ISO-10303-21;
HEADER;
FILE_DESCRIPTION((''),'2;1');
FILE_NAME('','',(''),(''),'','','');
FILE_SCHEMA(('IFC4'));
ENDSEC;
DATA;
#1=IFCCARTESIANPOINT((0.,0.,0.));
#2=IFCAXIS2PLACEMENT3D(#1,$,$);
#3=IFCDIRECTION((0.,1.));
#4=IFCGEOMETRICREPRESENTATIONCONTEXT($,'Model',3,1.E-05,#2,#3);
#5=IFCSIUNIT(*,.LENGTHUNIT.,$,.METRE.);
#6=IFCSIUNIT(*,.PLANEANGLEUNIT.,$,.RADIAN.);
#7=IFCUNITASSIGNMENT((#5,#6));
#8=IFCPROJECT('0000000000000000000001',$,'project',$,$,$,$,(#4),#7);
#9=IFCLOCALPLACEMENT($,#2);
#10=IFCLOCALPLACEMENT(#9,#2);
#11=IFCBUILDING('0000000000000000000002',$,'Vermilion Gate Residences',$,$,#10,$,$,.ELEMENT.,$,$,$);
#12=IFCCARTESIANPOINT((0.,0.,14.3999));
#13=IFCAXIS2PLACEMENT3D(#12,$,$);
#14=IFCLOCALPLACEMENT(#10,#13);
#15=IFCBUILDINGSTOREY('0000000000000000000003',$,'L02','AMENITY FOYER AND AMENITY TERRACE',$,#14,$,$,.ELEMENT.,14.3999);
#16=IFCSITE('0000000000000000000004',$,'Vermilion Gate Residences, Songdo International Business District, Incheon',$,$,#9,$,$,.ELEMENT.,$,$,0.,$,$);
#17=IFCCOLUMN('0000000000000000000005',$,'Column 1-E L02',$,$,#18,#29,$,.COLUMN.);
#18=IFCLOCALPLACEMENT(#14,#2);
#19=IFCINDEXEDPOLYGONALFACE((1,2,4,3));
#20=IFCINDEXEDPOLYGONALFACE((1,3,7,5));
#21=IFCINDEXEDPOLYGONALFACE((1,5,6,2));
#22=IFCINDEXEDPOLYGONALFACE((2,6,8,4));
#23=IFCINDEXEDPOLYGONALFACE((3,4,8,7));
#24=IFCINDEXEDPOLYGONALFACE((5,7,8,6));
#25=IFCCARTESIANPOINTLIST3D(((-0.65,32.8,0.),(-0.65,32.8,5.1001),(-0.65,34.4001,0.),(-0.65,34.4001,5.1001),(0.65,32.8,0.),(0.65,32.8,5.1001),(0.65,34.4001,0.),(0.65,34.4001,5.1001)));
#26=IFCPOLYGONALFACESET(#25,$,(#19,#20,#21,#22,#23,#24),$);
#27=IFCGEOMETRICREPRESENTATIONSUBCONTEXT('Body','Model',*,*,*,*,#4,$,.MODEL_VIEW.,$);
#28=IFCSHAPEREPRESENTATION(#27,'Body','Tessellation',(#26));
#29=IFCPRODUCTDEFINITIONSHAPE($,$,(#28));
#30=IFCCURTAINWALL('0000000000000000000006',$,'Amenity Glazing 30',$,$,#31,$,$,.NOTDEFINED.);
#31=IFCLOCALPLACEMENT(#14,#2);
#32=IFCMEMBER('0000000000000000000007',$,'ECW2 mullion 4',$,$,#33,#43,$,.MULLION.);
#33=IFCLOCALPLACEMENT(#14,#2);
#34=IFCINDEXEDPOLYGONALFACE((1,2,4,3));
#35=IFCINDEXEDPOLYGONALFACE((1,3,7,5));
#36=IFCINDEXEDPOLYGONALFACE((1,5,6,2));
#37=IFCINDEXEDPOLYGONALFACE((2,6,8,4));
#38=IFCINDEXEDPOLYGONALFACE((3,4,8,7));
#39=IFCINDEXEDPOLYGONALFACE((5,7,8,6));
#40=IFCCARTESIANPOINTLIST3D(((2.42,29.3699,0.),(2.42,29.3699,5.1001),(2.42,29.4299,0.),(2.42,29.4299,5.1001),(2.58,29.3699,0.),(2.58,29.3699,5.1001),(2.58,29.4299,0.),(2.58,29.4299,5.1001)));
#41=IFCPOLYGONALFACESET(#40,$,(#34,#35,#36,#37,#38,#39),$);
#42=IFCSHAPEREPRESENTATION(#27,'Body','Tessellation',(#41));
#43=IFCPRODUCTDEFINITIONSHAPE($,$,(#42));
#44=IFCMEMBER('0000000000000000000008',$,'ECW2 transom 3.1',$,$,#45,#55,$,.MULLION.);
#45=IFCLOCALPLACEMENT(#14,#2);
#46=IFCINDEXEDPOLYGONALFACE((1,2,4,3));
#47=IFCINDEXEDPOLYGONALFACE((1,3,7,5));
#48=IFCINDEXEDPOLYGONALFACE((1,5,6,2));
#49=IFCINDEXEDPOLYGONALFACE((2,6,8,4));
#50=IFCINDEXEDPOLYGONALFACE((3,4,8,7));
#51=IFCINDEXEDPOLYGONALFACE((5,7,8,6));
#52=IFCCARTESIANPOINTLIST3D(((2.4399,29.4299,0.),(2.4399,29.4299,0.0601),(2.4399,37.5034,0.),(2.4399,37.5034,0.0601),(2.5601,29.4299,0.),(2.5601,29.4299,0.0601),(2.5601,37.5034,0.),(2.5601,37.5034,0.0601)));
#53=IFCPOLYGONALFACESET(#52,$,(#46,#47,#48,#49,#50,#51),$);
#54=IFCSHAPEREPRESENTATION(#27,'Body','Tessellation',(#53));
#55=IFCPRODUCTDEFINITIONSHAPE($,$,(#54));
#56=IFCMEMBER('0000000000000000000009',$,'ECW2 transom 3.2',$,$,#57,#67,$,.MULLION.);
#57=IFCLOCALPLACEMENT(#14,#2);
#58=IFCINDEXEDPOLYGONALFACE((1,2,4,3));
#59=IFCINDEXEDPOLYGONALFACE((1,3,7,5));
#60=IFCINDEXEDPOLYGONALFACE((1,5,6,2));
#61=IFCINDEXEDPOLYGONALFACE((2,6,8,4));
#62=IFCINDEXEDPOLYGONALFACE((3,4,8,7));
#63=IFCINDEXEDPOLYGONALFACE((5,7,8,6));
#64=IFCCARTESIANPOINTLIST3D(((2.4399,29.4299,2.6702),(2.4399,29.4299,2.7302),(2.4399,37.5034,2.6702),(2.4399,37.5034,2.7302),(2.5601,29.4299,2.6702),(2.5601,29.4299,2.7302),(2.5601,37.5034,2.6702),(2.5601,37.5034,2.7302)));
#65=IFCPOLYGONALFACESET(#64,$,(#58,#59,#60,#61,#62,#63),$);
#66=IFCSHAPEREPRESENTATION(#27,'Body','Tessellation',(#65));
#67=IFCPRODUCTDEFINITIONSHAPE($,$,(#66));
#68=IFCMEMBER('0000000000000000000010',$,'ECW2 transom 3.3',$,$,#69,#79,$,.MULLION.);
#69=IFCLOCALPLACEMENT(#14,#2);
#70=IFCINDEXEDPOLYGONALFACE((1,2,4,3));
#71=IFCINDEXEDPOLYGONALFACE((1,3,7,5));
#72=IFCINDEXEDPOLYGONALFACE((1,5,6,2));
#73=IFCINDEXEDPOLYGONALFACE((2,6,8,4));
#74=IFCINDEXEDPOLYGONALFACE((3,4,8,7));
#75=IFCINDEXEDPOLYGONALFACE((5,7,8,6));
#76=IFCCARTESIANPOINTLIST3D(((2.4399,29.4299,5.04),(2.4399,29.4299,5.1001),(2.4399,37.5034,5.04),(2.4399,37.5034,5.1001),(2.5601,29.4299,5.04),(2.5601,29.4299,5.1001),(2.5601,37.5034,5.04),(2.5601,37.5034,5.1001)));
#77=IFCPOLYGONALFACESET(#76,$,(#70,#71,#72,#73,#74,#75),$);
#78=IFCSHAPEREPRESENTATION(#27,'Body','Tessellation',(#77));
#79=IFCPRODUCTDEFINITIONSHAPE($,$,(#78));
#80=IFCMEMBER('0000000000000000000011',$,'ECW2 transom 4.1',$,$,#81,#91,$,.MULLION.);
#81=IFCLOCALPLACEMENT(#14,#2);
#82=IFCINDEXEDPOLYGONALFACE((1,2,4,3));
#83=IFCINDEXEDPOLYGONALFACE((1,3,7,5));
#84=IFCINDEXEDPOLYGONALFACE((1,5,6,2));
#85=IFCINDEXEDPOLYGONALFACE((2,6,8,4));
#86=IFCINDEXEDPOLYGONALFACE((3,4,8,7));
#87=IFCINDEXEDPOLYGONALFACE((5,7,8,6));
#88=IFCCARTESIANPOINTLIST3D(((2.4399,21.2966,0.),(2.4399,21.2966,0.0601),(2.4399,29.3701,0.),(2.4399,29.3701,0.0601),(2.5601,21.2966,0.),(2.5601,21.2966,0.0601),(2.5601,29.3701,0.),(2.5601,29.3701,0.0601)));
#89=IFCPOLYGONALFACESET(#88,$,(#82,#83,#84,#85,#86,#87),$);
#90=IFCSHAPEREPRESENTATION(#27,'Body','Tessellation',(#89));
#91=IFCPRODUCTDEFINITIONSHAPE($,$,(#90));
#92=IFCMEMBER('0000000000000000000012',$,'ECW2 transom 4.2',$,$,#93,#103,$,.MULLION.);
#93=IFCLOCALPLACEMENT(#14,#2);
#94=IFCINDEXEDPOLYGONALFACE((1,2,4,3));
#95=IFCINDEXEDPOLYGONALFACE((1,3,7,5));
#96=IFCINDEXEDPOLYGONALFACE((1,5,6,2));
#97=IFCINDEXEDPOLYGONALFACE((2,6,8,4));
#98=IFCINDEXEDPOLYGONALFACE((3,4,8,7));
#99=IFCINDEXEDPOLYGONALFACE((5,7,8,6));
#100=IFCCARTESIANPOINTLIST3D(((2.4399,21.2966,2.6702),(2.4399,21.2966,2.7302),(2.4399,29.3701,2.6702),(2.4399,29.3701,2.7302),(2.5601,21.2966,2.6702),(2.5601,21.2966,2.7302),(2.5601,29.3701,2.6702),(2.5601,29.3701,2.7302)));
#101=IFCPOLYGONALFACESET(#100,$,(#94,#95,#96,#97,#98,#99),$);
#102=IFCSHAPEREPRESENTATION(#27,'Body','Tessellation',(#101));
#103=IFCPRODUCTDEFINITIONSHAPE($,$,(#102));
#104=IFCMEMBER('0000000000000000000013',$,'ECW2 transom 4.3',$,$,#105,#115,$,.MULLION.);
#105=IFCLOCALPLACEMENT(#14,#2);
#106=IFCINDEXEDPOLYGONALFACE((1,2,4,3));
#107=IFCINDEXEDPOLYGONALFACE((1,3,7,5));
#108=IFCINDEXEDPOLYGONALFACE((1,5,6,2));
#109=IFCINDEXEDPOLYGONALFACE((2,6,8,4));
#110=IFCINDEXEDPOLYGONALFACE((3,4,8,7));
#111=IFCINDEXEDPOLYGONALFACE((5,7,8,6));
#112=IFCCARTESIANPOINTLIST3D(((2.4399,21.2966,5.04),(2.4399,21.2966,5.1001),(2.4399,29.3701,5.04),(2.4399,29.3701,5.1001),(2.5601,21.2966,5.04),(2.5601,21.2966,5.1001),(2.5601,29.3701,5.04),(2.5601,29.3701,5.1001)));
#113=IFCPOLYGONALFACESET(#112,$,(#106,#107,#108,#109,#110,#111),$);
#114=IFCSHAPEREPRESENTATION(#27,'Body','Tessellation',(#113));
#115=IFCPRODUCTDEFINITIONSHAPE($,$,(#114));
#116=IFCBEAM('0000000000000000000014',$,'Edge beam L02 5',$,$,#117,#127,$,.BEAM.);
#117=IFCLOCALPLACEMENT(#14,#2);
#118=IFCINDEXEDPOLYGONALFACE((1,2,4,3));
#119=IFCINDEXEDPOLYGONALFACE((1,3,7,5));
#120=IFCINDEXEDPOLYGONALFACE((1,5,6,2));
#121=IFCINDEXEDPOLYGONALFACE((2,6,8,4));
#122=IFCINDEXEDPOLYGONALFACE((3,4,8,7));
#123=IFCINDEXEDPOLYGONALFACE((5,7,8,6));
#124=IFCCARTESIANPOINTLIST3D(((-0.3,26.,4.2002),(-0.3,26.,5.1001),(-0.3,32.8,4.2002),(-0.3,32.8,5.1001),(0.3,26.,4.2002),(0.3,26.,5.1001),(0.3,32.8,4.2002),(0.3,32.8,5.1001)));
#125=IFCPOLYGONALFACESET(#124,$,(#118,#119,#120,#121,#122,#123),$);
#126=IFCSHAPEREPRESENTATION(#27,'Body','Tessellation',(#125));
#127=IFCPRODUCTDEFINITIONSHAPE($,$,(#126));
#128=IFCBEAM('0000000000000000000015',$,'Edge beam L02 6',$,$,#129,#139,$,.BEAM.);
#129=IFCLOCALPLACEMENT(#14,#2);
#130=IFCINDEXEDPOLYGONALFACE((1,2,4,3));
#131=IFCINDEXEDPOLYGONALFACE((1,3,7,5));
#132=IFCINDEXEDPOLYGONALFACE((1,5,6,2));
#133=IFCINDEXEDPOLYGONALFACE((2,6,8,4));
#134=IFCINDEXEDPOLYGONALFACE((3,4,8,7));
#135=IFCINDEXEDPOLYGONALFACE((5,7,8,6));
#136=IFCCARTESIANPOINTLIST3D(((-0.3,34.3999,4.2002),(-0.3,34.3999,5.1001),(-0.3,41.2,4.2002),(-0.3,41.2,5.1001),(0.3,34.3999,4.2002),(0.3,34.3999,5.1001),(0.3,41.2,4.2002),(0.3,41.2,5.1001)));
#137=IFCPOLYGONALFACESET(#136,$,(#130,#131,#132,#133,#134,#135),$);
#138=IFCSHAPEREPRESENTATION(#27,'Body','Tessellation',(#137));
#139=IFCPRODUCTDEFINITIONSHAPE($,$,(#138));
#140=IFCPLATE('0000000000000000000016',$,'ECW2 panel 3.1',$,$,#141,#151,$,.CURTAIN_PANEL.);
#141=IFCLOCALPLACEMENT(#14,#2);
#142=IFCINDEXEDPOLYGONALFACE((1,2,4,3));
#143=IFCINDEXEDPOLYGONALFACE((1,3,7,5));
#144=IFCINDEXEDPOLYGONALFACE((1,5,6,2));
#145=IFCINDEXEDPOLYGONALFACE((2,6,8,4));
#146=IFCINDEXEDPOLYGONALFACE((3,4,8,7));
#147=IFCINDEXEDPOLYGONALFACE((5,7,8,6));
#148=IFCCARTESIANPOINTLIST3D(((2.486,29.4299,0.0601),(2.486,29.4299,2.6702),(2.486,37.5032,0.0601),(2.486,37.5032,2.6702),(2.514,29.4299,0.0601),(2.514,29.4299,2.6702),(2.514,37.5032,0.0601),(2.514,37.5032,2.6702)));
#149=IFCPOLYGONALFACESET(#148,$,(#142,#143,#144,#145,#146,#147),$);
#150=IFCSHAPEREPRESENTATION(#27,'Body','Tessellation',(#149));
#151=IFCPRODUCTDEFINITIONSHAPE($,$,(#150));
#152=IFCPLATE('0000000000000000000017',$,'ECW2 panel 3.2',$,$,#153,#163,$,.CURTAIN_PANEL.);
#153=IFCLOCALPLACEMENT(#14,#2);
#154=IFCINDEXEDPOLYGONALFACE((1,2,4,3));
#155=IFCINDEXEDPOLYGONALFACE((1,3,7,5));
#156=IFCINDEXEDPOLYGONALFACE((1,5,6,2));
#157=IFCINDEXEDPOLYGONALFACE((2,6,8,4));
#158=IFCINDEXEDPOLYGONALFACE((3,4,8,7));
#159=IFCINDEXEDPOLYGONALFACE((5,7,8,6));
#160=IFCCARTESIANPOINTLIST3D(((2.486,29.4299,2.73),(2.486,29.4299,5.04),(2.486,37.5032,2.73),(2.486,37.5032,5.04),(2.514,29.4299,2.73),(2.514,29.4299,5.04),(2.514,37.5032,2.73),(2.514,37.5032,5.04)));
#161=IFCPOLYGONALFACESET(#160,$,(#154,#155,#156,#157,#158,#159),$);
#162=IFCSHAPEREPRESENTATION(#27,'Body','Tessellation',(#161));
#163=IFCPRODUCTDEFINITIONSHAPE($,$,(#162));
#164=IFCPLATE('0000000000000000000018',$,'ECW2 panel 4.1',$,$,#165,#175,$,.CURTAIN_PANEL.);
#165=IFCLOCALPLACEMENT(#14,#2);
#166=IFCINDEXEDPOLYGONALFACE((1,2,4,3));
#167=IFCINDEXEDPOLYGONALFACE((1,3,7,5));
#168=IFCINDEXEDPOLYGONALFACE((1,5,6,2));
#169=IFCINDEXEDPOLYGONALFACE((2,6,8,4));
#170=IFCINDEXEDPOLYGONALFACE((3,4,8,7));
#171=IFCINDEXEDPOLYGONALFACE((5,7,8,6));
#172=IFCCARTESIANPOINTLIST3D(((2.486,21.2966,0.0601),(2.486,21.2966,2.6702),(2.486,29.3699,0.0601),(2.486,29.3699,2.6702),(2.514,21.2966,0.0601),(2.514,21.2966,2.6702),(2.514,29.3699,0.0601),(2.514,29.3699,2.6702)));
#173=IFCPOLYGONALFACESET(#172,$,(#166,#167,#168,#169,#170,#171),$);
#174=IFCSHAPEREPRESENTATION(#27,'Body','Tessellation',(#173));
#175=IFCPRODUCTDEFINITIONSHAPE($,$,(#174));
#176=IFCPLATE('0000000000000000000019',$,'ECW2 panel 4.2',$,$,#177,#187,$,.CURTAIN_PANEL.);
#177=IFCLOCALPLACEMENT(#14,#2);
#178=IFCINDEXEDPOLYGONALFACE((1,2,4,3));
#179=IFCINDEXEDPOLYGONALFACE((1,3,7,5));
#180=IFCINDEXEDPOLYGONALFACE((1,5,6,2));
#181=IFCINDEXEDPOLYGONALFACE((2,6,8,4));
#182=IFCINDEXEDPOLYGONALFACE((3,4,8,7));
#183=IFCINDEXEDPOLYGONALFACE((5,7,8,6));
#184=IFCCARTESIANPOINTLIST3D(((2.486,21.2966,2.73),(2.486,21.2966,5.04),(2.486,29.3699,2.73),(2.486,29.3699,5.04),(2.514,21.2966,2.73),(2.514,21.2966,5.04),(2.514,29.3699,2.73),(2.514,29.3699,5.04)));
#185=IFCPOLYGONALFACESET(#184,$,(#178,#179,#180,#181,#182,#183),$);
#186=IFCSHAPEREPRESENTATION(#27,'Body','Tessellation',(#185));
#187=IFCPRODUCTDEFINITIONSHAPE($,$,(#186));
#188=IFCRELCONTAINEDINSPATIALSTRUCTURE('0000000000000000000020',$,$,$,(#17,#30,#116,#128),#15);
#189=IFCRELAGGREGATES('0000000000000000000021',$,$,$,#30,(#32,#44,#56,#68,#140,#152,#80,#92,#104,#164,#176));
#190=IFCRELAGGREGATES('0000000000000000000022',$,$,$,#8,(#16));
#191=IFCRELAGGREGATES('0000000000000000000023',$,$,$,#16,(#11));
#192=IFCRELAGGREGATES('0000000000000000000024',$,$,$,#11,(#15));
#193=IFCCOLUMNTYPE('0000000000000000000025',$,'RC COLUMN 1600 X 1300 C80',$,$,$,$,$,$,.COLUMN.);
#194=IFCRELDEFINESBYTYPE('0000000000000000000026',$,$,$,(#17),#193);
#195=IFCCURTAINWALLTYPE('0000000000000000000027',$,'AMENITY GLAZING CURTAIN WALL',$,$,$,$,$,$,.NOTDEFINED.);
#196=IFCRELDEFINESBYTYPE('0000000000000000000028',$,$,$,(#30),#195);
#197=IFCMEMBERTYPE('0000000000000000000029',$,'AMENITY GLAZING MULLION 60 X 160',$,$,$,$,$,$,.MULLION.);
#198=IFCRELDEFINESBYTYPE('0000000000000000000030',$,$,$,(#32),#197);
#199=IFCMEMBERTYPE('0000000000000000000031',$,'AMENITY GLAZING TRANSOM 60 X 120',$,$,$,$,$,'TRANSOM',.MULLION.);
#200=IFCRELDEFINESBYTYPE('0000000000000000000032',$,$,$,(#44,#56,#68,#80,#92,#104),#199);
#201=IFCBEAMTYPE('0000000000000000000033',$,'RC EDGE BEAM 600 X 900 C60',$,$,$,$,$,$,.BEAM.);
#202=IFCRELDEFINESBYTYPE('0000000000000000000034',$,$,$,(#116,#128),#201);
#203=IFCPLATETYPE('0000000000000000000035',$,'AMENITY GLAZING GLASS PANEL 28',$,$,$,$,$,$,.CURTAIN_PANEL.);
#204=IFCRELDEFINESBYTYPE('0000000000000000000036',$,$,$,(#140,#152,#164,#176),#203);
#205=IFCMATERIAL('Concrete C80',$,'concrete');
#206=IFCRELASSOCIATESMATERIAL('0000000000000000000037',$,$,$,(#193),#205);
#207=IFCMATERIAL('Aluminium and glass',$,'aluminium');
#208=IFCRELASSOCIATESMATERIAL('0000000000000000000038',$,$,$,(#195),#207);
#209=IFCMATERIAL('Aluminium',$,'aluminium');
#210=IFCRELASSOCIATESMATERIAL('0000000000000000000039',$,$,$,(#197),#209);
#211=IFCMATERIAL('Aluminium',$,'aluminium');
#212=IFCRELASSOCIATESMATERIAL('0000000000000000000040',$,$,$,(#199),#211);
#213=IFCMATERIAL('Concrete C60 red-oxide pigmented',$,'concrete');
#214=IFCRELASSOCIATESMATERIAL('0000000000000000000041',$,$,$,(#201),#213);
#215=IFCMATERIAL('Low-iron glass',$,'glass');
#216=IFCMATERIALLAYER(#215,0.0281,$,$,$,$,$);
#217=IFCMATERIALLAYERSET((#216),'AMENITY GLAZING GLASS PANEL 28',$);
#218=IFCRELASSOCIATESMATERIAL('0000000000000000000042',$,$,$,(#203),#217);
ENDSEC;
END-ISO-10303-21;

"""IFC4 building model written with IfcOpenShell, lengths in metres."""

from ifc_helpers import new_model, si_unit, direction, frame, origin, origin_2d, place, context, subcontext, project, spatial, rectangle, extrude, material, layer, layer_set, material_profile, profile_set, type_object, element, aggregate, save


model = new_model("IFC4")

# Units and contexts
model_context = context("Model", 3, precision=1e-05, world=origin(), true_north=direction((0.0, 1.0)))
body_context = subcontext(model_context, "Body", "Model", "MODEL_VIEW")
ifc_project = project(units=[si_unit("LENGTHUNIT", "METRE"), si_unit("PLANEANGLEUNIT", "RADIAN")], contexts=[model_context])

# Site, building, storey
site_placement = place(None, origin())
site = spatial("IfcSite", under=ifc_project, at=site_placement, Name="Vermilion Gate Residences, Songdo International Business District, Incheon", CompositionType="ELEMENT", RefElevation=0.0)
building_placement = place(site_placement, origin())
building = spatial("IfcBuilding", under=site, at=building_placement, Name="Vermilion Gate Residences", CompositionType="ELEMENT")
storey_placement = place(building_placement, frame((0.0, 0.0, 14.3999)))
storey = spatial("IfcBuildingStorey", under=building, at=storey_placement, Name="L02", Description="AMENITY FOYER AND AMENITY TERRACE", CompositionType="ELEMENT", Elevation=14.3999)

# Column
ifc_material_1 = material(Name="Concrete C80", Category="concrete")
ifc_material_profile_1 = material_profile(ifc_material_1, rectangle(XDim=1.6001, YDim=1.3, at=origin_2d()), Name="RC-1600x1300")
ifc_profile_set_1 = profile_set([ifc_material_profile_1], Name="Concrete C80")
column_type = type_object("IfcColumnType", Name="RC COLUMN 1600 X 1300 C80", PredefinedType="COLUMN", material=ifc_profile_set_1)
column_placement = place(storey_placement, frame((0.0, 33.6001, 0.0), z_axis=(0.0, 0.0, 1.0), x_axis=(0.0, 1.0, 0.0)))
element("IfcColumn", 1, at=column_placement, inside=storey, type_object=column_type, Name="Column 1-E L02", PredefinedType="COLUMN", context=body_context, shape_type="SweptSolid", body=[
    extrude(rectangle(XDim=1.6001, YDim=1.3, at=origin_2d()), origin(), (0.0, 0.0, 1.0), 5.1001),
])

# Curtain wall, members
ifc_material_2 = material(Name="Aluminium and glass", Category="aluminium")
curtain_wall_type = type_object("IfcCurtainWallType", Name="AMENITY GLAZING CURTAIN WALL", PredefinedType="NOTDEFINED", material=ifc_material_2)
curtain_wall_placement = place(storey_placement, origin())
curtain_wall = element("IfcCurtainWall", 2, at=curtain_wall_placement, inside=storey, type_object=curtain_wall_type, Name="Amenity Glazing 30", PredefinedType="NOTDEFINED")
ifc_material_3 = material(Name="Aluminium", Category="aluminium")
ifc_material_profile_2 = material_profile(ifc_material_3, rectangle(XDim=0.1599, YDim=0.0601, at=origin_2d()), Name="MULLION 60 X 160")
ifc_profile_set_2 = profile_set([ifc_material_profile_2], Name="Aluminium")
member_type_1 = type_object("IfcMemberType", Name="AMENITY GLAZING MULLION 60 X 160", PredefinedType="MULLION", material=ifc_profile_set_2)
member_1_placement = place(storey_placement, frame((2.5, 29.3999, 0.0), z_axis=(0.0, 0.0, 1.0), x_axis=(1.0, 0.0, 0.0)))
member_1 = element("IfcMember", 3, at=member_1_placement, type_object=member_type_1, Name="ECW2 mullion 4", PredefinedType="MULLION", context=body_context, shape_type="SweptSolid", body=[
    extrude(rectangle(XDim=0.1599, YDim=0.0601, at=origin_2d()), origin(), (0.0, 0.0, 1.0), 5.1001),
])
ifc_material_4 = material(Name="Aluminium", Category="aluminium")
ifc_material_profile_3 = material_profile(ifc_material_4, rectangle(XDim=0.1201, YDim=0.0601, at=origin_2d()), Name="TRANSOM 60 X 120")
ifc_profile_set_3 = profile_set([ifc_material_profile_3], Name="Aluminium")
member_type_2 = type_object("IfcMemberType", Name="AMENITY GLAZING TRANSOM 60 X 120", ElementType="TRANSOM", PredefinedType="MULLION", material=ifc_profile_set_3)
member_2_placement = place(storey_placement, frame((2.5, 37.5034, 0.03), z_axis=(0.0, -1.0, 0.0), x_axis=(1.0, 0.0, 0.0)))
member_2 = element("IfcMember", 4, at=member_2_placement, type_object=member_type_2, Name="ECW2 transom 3.1", PredefinedType="MULLION", context=body_context, shape_type="SweptSolid", body=[
    extrude(rectangle(XDim=0.1201, YDim=0.0601, at=origin_2d()), origin(), (0.0, 0.0, 1.0), 8.0735),
])
member_3_placement = place(storey_placement, frame((2.5, 37.5034, 2.7002), z_axis=(0.0, -1.0, 0.0), x_axis=(1.0, 0.0, 0.0)))
member_3 = element("IfcMember", 5, at=member_3_placement, type_object=member_type_2, Name="ECW2 transom 3.2", PredefinedType="MULLION", context=body_context, shape_type="SweptSolid", body=[
    extrude(rectangle(XDim=0.1201, YDim=0.0601, at=origin_2d()), origin(), (0.0, 0.0, 1.0), 8.0735),
])
member_4_placement = place(storey_placement, frame((2.5, 37.5034, 5.0701), z_axis=(0.0, -1.0, 0.0), x_axis=(1.0, 0.0, 0.0)))
member_4 = element("IfcMember", 6, at=member_4_placement, type_object=member_type_2, Name="ECW2 transom 3.3", PredefinedType="MULLION", context=body_context, shape_type="SweptSolid", body=[
    extrude(rectangle(XDim=0.1201, YDim=0.0601, at=origin_2d()), origin(), (0.0, 0.0, 1.0), 8.0735),
])
member_5_placement = place(storey_placement, frame((2.5, 29.3701, 0.03), z_axis=(0.0, -1.0, 0.0), x_axis=(1.0, 0.0, 0.0)))
member_5 = element("IfcMember", 7, at=member_5_placement, type_object=member_type_2, Name="ECW2 transom 4.1", PredefinedType="MULLION", context=body_context, shape_type="SweptSolid", body=[
    extrude(rectangle(XDim=0.1201, YDim=0.0601, at=origin_2d()), origin(), (0.0, 0.0, 1.0), 8.0735),
])
member_6_placement = place(storey_placement, frame((2.5, 29.3701, 2.7002), z_axis=(0.0, -1.0, 0.0), x_axis=(1.0, 0.0, 0.0)))
member_6 = element("IfcMember", 8, at=member_6_placement, type_object=member_type_2, Name="ECW2 transom 4.2", PredefinedType="MULLION", context=body_context, shape_type="SweptSolid", body=[
    extrude(rectangle(XDim=0.1201, YDim=0.0601, at=origin_2d()), origin(), (0.0, 0.0, 1.0), 8.0735),
])
member_7_placement = place(storey_placement, frame((2.5, 29.3701, 5.0701), z_axis=(0.0, -1.0, 0.0), x_axis=(1.0, 0.0, 0.0)))
member_7 = element("IfcMember", 9, at=member_7_placement, type_object=member_type_2, Name="ECW2 transom 4.3", PredefinedType="MULLION", context=body_context, shape_type="SweptSolid", body=[
    extrude(rectangle(XDim=0.1201, YDim=0.0601, at=origin_2d()), origin(), (0.0, 0.0, 1.0), 8.0735),
])

# Beams
ifc_material_5 = material(Name="Concrete C60 red-oxide pigmented", Category="concrete")
ifc_material_profile_4 = material_profile(ifc_material_5, rectangle(XDim=0.6001, YDim=0.8999, at=origin_2d()), Name="RC-600x900")
ifc_profile_set_4 = profile_set([ifc_material_profile_4], Name="Concrete C60 red-oxide pigmented")
beam_type = type_object("IfcBeamType", Name="RC EDGE BEAM 600 X 900 C60", PredefinedType="BEAM", material=ifc_profile_set_4)
for number, where, z_axis, x_axis, name in (
    (10, (0.0, 26.0, 4.6501), (0.0, 1.0, 0.0), (-1.0, 0.0, 0.0), "Edge beam L02 5"),
    (11, (0.0, 34.3999, 4.6501), (0.0, 1.0, 0.0), (-1.0, 0.0, 0.0), "Edge beam L02 6"),
):
    element("IfcBeam", number, at=place(storey_placement, frame(where, z_axis=z_axis, x_axis=x_axis)), inside=storey, type_object=beam_type, Name=name, PredefinedType="BEAM", context=body_context, shape_type="SweptSolid", body=[
        extrude(rectangle(XDim=0.6001, YDim=0.8999, at=origin_2d()), origin(), (0.0, 0.0, 1.0), 6.8),
    ])

# Plates
ifc_material_6 = material(Name="Low-iron glass", Category="glass")
ifc_layer_1 = layer(ifc_material_6, 0.0281)
ifc_layer_set_1 = layer_set([ifc_layer_1], Name="AMENITY GLAZING GLASS PANEL 28")
plate_type = type_object("IfcPlateType", Name="AMENITY GLAZING GLASS PANEL 28", PredefinedType="CURTAIN_PANEL", material=ifc_layer_set_1)
plate_1_placement = place(storey_placement, frame((2.5, 33.4666, 0.0601), z_axis=(0.0, 0.0, 1.0), x_axis=(0.0, -1.0, 0.0)))
plate_1 = element("IfcPlate", 12, at=plate_1_placement, type_object=plate_type, Name="ECW2 panel 3.1", PredefinedType="CURTAIN_PANEL", context=body_context, shape_type="SweptSolid", body=[
    extrude(rectangle(XDim=8.0732, YDim=0.0281, at=origin_2d()), origin(), (0.0, 0.0, 1.0), 2.6101),
])
plate_2_placement = place(storey_placement, frame((2.5, 33.4666, 2.73), z_axis=(0.0, 0.0, 1.0), x_axis=(0.0, -1.0, 0.0)))
plate_2 = element("IfcPlate", 13, at=plate_2_placement, type_object=plate_type, Name="ECW2 panel 3.2", PredefinedType="CURTAIN_PANEL", context=body_context, shape_type="SweptSolid", body=[
    extrude(rectangle(XDim=8.0732, YDim=0.0281, at=origin_2d()), origin(), (0.0, 0.0, 1.0), 2.3101),
])
plate_3_placement = place(storey_placement, frame((2.5, 25.3333, 0.0601), z_axis=(0.0, 0.0, 1.0), x_axis=(0.0, -1.0, 0.0)))
plate_3 = element("IfcPlate", 14, at=plate_3_placement, type_object=plate_type, Name="ECW2 panel 4.1", PredefinedType="CURTAIN_PANEL", context=body_context, shape_type="SweptSolid", body=[
    extrude(rectangle(XDim=8.0732, YDim=0.0281, at=origin_2d()), origin(), (0.0, 0.0, 1.0), 2.6101),
])
plate_4_placement = place(storey_placement, frame((2.5, 25.3333, 2.73), z_axis=(0.0, 0.0, 1.0), x_axis=(0.0, -1.0, 0.0)))
plate_4 = element("IfcPlate", 15, at=plate_4_placement, type_object=plate_type, Name="ECW2 panel 4.2", PredefinedType="CURTAIN_PANEL", context=body_context, shape_type="SweptSolid", body=[
    extrude(rectangle(XDim=8.0732, YDim=0.0281, at=origin_2d()), origin(), (0.0, 0.0, 1.0), 2.3101),
])
aggregate(curtain_wall, [member_1, member_2, member_3, member_4, plate_1, plate_2, member_5, member_6, member_7, plate_3, plate_4])

save(model, "model.ifc")
